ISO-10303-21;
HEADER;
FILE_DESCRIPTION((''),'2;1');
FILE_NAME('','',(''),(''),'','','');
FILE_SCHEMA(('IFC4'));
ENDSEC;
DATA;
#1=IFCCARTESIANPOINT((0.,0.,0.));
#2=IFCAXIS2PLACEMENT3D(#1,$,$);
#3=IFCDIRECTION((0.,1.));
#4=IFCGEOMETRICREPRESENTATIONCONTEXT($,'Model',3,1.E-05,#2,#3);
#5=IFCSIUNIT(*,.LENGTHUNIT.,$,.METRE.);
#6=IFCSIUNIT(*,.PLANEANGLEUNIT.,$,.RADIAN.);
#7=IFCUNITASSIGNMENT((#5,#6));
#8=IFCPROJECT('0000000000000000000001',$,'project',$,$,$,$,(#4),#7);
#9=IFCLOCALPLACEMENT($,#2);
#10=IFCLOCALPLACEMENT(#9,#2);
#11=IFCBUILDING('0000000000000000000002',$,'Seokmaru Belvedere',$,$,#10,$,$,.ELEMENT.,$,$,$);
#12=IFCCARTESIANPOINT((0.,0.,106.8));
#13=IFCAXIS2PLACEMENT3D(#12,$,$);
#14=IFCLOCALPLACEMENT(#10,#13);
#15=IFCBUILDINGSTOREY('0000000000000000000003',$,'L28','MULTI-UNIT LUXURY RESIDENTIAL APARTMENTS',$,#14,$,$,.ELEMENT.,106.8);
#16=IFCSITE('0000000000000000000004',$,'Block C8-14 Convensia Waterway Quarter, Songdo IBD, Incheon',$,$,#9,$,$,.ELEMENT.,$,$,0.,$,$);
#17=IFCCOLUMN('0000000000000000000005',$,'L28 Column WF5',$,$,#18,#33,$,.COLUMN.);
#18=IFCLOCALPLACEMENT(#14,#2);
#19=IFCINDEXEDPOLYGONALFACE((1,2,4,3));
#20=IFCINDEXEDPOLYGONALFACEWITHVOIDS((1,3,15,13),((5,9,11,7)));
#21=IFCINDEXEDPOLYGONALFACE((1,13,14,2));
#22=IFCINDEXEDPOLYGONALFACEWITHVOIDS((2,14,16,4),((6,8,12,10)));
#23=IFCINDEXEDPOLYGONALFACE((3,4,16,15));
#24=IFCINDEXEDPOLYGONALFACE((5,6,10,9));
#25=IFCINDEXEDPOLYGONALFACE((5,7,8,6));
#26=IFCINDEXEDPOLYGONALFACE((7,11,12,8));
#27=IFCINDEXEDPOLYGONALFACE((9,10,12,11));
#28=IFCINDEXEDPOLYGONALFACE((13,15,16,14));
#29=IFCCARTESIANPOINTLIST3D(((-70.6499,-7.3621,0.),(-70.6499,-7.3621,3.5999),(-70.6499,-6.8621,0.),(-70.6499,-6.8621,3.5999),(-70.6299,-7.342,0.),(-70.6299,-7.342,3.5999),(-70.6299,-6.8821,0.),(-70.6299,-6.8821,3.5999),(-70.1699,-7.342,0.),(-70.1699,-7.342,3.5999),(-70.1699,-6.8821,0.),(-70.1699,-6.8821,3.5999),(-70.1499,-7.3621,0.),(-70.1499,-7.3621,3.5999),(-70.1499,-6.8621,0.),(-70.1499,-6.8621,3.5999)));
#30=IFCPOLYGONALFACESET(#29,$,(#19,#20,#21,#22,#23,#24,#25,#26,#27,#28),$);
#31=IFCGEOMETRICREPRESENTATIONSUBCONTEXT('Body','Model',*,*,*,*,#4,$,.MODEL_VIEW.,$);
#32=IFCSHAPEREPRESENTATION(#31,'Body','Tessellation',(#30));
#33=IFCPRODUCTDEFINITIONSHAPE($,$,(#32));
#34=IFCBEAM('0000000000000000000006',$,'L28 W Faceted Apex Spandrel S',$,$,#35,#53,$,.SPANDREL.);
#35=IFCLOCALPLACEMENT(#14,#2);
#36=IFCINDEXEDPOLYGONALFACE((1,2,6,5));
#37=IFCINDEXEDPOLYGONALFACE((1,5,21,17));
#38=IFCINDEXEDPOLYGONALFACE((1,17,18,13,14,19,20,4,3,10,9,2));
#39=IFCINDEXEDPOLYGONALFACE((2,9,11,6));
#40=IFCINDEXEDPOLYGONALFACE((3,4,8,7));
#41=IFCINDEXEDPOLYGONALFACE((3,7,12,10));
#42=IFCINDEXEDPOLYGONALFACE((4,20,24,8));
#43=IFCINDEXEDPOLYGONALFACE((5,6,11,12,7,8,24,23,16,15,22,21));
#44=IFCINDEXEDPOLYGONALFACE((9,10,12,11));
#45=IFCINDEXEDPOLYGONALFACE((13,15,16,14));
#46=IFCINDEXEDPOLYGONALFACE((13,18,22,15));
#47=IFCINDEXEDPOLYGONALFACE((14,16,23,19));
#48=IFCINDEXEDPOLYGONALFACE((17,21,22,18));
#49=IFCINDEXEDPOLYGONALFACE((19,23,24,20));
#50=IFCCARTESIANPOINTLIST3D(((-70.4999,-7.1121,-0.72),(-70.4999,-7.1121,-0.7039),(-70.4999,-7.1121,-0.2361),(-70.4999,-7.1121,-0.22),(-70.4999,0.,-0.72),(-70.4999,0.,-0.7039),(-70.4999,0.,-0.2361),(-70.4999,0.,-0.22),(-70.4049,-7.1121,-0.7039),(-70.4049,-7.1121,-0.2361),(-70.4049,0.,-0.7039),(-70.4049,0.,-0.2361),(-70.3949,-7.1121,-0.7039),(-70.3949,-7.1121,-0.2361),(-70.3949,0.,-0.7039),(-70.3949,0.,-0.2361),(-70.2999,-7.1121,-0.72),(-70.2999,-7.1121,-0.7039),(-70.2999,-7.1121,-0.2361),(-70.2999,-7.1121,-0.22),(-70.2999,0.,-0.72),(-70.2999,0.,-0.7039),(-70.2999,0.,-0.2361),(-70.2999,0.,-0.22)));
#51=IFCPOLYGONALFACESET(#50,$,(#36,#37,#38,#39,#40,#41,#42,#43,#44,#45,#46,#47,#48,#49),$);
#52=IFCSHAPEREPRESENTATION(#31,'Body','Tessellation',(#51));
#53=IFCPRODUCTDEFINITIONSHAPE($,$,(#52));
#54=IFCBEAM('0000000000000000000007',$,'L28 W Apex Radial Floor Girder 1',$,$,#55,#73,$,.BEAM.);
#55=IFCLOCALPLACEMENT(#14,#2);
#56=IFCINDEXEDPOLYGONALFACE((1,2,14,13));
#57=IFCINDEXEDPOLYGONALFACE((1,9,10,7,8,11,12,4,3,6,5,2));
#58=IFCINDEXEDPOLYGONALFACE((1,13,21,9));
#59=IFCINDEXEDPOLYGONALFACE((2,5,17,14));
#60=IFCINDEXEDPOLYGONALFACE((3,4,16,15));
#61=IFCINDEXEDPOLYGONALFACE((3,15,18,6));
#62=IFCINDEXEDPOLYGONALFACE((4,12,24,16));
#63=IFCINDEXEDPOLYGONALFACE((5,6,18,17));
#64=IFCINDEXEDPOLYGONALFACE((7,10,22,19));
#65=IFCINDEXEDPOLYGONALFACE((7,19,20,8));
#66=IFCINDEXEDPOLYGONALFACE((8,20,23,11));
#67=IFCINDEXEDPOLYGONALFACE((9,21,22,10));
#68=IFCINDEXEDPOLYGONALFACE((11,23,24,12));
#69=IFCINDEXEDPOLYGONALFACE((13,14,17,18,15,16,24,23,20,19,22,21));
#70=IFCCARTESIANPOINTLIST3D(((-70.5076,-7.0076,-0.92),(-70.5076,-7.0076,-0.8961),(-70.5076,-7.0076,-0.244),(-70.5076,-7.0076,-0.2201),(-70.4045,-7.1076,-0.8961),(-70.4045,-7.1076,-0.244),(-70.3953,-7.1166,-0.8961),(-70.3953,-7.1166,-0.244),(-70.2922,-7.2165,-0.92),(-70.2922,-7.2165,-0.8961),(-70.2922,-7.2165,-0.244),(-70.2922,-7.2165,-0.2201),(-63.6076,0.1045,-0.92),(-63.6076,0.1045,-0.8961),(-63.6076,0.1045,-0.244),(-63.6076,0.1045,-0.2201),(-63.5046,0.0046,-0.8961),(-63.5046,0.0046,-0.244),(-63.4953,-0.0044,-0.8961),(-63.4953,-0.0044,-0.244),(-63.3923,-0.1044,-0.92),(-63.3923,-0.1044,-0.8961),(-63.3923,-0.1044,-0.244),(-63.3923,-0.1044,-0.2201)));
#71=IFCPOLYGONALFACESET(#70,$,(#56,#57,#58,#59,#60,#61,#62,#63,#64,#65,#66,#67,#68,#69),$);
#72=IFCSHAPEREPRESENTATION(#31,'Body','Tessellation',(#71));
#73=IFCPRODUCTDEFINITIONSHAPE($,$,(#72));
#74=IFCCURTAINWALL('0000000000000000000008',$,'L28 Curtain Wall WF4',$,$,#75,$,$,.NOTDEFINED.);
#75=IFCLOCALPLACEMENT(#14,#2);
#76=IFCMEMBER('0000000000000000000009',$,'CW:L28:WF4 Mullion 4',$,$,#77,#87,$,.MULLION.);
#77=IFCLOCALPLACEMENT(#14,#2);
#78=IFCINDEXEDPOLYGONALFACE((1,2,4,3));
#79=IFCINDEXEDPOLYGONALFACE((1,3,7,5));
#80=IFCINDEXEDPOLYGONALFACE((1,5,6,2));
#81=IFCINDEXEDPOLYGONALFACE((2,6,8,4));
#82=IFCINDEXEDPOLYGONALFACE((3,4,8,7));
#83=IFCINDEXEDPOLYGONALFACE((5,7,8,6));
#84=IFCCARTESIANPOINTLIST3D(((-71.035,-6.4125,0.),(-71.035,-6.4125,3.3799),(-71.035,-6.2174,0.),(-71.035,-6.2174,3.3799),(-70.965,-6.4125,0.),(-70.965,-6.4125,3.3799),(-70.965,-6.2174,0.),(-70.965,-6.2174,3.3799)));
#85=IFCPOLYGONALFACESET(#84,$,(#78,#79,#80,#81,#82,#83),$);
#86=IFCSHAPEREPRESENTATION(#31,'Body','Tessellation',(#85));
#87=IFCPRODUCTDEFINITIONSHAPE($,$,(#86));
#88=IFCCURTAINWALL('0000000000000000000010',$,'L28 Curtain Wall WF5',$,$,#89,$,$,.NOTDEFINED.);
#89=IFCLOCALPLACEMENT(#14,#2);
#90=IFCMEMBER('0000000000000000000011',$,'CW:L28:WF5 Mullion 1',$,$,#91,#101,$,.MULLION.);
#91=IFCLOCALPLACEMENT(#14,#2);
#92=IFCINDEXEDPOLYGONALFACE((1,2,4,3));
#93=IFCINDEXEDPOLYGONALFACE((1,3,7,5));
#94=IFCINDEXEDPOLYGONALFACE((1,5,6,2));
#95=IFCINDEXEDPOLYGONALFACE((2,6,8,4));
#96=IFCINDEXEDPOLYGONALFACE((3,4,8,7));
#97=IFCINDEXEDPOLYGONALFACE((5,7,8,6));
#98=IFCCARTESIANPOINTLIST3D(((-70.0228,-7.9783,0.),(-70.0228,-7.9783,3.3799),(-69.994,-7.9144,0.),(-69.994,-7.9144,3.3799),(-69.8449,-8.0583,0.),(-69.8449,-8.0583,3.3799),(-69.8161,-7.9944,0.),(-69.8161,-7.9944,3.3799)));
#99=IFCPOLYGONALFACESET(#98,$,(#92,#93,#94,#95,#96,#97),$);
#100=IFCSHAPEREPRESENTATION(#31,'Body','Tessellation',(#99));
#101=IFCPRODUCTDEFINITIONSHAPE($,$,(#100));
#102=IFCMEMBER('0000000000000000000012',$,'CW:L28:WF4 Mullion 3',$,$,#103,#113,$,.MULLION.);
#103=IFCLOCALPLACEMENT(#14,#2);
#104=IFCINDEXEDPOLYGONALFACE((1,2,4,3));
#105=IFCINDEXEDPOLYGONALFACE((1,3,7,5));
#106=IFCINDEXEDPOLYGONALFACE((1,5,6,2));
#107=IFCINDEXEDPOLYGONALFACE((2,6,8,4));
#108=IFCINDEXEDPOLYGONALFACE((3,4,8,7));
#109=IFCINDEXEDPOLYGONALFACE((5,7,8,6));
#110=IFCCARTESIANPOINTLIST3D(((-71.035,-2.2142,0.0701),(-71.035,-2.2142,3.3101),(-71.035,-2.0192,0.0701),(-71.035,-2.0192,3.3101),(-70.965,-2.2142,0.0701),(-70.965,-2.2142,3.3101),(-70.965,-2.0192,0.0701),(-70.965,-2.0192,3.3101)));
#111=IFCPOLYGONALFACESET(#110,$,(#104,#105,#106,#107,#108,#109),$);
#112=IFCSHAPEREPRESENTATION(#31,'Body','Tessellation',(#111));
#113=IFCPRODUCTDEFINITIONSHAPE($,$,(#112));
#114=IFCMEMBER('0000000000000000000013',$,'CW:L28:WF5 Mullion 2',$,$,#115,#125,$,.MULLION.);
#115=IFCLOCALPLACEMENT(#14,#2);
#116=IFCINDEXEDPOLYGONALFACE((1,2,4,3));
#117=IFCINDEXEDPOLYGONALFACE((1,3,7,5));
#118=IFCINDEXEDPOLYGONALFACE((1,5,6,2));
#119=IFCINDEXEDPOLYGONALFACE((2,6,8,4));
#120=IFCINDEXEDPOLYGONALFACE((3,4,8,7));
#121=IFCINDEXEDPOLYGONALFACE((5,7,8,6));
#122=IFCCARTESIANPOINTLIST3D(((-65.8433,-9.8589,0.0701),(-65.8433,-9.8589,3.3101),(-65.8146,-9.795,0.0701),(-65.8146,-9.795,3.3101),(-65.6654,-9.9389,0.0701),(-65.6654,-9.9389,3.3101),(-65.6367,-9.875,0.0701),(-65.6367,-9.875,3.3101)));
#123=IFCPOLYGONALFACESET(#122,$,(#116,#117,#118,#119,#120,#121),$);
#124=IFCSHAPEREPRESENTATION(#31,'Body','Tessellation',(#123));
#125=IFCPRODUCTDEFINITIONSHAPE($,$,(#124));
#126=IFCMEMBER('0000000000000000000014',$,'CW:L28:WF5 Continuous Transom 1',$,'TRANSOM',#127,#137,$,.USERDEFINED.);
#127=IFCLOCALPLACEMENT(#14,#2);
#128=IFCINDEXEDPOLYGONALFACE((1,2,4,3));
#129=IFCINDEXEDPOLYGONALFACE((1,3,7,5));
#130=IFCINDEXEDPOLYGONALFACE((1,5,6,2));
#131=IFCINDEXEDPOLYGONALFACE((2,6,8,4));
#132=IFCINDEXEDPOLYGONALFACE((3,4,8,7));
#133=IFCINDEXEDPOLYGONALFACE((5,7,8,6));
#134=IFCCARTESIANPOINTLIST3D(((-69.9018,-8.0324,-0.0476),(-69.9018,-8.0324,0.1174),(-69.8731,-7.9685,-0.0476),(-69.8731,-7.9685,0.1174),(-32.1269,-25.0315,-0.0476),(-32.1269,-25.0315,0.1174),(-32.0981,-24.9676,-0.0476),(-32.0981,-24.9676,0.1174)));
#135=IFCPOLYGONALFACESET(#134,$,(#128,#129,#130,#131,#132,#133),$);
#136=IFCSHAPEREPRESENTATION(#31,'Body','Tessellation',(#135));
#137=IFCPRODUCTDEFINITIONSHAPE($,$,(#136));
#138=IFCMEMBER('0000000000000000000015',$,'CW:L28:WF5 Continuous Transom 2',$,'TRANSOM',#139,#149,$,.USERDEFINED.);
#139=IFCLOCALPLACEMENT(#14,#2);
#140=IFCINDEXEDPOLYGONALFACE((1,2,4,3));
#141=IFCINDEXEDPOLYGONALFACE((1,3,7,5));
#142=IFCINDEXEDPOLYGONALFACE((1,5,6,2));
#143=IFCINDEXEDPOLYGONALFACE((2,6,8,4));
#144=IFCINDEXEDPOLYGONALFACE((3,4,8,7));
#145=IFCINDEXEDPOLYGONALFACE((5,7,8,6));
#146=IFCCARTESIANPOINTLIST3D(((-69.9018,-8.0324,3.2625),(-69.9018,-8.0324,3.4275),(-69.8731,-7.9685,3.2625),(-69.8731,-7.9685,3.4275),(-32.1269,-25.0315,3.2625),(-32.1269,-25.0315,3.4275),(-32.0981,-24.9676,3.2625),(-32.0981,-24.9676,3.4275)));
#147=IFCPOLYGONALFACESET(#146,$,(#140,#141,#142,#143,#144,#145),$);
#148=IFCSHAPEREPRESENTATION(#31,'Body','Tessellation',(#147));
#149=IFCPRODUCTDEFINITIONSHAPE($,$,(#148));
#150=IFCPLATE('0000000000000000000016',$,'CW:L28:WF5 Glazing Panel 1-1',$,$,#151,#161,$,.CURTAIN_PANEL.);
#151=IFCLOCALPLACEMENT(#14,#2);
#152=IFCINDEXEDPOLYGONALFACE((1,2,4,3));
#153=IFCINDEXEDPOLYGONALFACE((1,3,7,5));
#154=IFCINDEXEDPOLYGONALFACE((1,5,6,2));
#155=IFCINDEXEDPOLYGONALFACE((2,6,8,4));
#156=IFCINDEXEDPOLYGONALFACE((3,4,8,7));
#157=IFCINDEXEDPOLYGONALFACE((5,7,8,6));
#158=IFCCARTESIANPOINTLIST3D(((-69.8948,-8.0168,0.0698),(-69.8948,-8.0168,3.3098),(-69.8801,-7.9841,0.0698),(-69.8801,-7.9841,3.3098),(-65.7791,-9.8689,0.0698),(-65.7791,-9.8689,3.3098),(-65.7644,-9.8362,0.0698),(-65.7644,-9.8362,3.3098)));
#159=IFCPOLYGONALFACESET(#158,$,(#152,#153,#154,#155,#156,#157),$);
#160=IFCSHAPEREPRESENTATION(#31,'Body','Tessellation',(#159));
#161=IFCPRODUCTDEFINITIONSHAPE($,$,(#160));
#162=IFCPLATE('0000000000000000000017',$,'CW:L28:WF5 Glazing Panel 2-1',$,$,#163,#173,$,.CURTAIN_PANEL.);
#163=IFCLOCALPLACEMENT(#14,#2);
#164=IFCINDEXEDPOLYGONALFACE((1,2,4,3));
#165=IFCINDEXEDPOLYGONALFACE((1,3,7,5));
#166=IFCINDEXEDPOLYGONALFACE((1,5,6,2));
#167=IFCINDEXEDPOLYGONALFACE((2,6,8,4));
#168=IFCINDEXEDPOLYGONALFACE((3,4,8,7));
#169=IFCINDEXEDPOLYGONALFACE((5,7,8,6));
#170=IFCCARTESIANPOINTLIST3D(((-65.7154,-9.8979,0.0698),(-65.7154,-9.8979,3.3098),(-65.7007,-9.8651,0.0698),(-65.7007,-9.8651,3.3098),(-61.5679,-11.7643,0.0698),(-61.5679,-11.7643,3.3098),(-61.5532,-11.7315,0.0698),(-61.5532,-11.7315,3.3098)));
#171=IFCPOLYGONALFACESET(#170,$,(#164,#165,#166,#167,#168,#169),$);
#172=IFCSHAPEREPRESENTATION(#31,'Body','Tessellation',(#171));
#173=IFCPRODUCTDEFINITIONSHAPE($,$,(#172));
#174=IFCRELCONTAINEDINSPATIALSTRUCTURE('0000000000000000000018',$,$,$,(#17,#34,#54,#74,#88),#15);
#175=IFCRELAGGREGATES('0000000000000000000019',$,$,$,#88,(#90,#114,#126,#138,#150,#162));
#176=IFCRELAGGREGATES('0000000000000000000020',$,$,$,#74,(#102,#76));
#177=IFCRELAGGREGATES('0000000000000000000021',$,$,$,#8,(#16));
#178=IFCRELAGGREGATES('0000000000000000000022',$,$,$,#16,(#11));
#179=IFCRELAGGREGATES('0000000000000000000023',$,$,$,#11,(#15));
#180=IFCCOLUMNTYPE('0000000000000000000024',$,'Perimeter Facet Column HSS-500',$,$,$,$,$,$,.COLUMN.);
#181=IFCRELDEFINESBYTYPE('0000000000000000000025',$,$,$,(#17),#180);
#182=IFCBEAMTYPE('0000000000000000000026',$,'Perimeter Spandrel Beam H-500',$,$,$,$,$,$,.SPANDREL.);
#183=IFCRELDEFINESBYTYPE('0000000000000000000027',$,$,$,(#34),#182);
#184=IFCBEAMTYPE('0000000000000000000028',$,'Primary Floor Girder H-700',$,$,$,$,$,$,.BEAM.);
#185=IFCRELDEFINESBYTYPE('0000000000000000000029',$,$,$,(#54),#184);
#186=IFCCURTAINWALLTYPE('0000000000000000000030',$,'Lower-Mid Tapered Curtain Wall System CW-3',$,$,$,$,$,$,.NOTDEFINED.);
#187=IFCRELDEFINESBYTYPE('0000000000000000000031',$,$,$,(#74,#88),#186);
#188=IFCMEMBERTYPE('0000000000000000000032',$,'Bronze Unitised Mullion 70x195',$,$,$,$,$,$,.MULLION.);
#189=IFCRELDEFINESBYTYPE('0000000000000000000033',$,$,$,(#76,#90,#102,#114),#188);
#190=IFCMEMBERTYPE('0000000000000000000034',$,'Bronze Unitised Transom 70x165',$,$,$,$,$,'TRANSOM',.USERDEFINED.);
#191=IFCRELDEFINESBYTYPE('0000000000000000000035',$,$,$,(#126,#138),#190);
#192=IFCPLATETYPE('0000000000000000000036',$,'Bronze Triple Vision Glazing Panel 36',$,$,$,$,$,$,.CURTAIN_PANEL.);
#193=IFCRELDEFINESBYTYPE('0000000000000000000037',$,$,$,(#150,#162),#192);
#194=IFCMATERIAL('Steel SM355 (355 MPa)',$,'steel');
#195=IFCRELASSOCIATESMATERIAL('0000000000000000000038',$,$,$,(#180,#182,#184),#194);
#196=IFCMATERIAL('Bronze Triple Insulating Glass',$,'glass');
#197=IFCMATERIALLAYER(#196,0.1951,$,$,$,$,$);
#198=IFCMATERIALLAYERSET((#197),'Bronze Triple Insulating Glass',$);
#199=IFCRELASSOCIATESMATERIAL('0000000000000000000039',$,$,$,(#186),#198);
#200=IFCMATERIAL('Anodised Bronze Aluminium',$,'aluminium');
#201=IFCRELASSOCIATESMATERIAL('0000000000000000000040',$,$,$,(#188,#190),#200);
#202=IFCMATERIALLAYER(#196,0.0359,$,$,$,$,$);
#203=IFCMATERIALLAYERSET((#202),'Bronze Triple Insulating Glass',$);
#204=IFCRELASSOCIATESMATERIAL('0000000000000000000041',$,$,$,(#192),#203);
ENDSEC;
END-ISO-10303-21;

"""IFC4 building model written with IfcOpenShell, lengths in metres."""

from ifc_helpers import new_model, si_unit, direction, frame, origin, origin_2d, place, context, subcontext, project, spatial, rectangle, hollow_rectangle, i_section, extrude, source, transform, mapped, material, layer, layer_set, material_profile, profile_set, type_object, type_shapes, element, aggregate, save


model = new_model("IFC4")

# Units and contexts
model_context = context("Model", 3, precision=1e-05, world=origin(), true_north=direction((0.0, 1.0)))
body_context = subcontext(model_context, "Body", "Model", "MODEL_VIEW")
ifc_project = project(units=[si_unit("LENGTHUNIT", "METRE"), si_unit("PLANEANGLEUNIT", "RADIAN")], contexts=[model_context])

# Site, building, storey
site_placement = place(None, origin())
site = spatial("IfcSite", under=ifc_project, at=site_placement, Name="Block C8-14 Convensia Waterway Quarter, Songdo IBD, Incheon", CompositionType="ELEMENT", RefElevation=0.0)
building_placement = place(site_placement, origin())
building = spatial("IfcBuilding", under=site, at=building_placement, Name="Seokmaru Belvedere", CompositionType="ELEMENT")
storey_placement = place(building_placement, frame((0.0, 0.0, 106.8)))
storey = spatial("IfcBuildingStorey", under=building, at=storey_placement, Name="L28", Description="MULTI-UNIT LUXURY RESIDENTIAL APARTMENTS", CompositionType="ELEMENT", Elevation=106.8)

# Column
ifc_material_1 = material(Name="Steel SM355 (355 MPa)", Category="steel")
ifc_material_profile_1 = material_profile(ifc_material_1, hollow_rectangle(XDim=0.5, YDim=0.5, WallThickness=0.02, at=origin_2d()), Name="HSS-500x500x20")
ifc_profile_set_1 = profile_set([ifc_material_profile_1], Name="Steel SM355 (355 MPa)")
column_type = type_object("IfcColumnType", Name="Perimeter Facet Column HSS-500", PredefinedType="COLUMN", material=ifc_profile_set_1)
shared_shape_1 = source(origin(), body_context, "Body", "SweptSolid", [
    extrude(hollow_rectangle(XDim=0.5, YDim=0.5, WallThickness=0.02, at=origin_2d()), origin(), (0.0, 0.0, 1.0), 3.5999),
])
type_shapes(column_type, [shared_shape_1])
column_placement = place(storey_placement, frame((-70.3999, -7.1121, 0.0), z_axis=(0.0, 0.0, 1.0), x_axis=(1.0, 0.0, 0.0)))
element("IfcColumn", 1, at=column_placement, inside=storey, type_object=column_type, Name="L28 Column WF5", PredefinedType="COLUMN", context=body_context, shape_type="MappedRepresentation", body=[
    mapped(shared_shape_1, transform((0.0, 0.0, 0.0), scale=1.0)),
])

# Beams
ifc_material_profile_2 = material_profile(ifc_material_1, i_section(OverallWidth=0.2, OverallDepth=0.5, WebThickness=0.01, FlangeThickness=0.0161, at=origin_2d()), Name="H-500x200x10x16")
ifc_profile_set_2 = profile_set([ifc_material_profile_2], Name="Steel SM355 (355 MPa)")
beam_type_1 = type_object("IfcBeamType", Name="Perimeter Spandrel Beam H-500", PredefinedType="SPANDREL", material=ifc_profile_set_2)
shared_shape_2 = source(origin(), body_context, "Body", "SweptSolid", [
    extrude(i_section(OverallWidth=0.2, OverallDepth=0.5, WebThickness=0.01, FlangeThickness=0.0161, at=origin_2d()), origin(), (0.0, 0.0, 1.0), 7.1121),
])
type_shapes(beam_type_1, [shared_shape_2])
beam_1_placement = place(storey_placement, frame((-70.3999, -7.1121, -0.47), z_axis=(0.0, 1.0, 0.0), x_axis=(-1.0, 0.0, 0.0)))
element("IfcBeam", 2, at=beam_1_placement, inside=storey, type_object=beam_type_1, Name="L28 W Faceted Apex Spandrel S", PredefinedType="SPANDREL", context=body_context, shape_type="MappedRepresentation", body=[
    mapped(shared_shape_2, transform((0.0, 0.0, 0.0), scale=1.0)),
])
ifc_material_profile_3 = material_profile(ifc_material_1, i_section(OverallWidth=0.3, OverallDepth=0.7, WebThickness=0.0129, FlangeThickness=0.0239, at=origin_2d()), Name="H-700x300x13x24")
ifc_profile_set_3 = profile_set([ifc_material_profile_3], Name="Steel SM355 (355 MPa)")
beam_type_2 = type_object("IfcBeamType", Name="Primary Floor Girder H-700", PredefinedType="BEAM", material=ifc_profile_set_3)
shared_shape_3 = source(origin(), body_context, "Body", "SweptSolid", [
    extrude(i_section(OverallWidth=0.3, OverallDepth=0.7, WebThickness=0.0129, FlangeThickness=0.0239, at=origin_2d()), origin(), (0.0, 0.0, 1.0), 9.9092),
])
type_shapes(beam_type_2, [shared_shape_3])
beam_2_placement = place(storey_placement, frame((-70.3999, -7.1121, -0.5701), z_axis=(0.696321, 0.717731, 0.0), x_axis=(-0.717731, 0.696321, 0.0)))
element("IfcBeam", 3, at=beam_2_placement, inside=storey, type_object=beam_type_2, Name="L28 W Apex Radial Floor Girder 1", PredefinedType="BEAM", context=body_context, shape_type="MappedRepresentation", body=[
    mapped(shared_shape_3, transform((0.0, 0.0, 0.0), scale=1.0)),
])

# Curtain walls, members
ifc_material_2 = material(Name="Bronze Triple Insulating Glass", Category="glass")
ifc_layer_1 = layer(ifc_material_2, 0.1951)
ifc_layer_set_1 = layer_set([ifc_layer_1], Name="Bronze Triple Insulating Glass")
curtain_wall_type = type_object("IfcCurtainWallType", Name="Lower-Mid Tapered Curtain Wall System CW-3", PredefinedType="NOTDEFINED", material=ifc_layer_set_1)
curtain_wall_1_placement = place(storey_placement, origin())
curtain_wall_1 = element("IfcCurtainWall", 4, at=curtain_wall_1_placement, inside=storey, type_object=curtain_wall_type, Name="L28 Curtain Wall WF4", PredefinedType="NOTDEFINED")
ifc_material_3 = material(Name="Anodised Bronze Aluminium", Category="aluminium")
ifc_material_profile_4 = material_profile(ifc_material_3, rectangle(XDim=0.0701, YDim=0.1951, at=origin_2d()), Name="CW-M-70x195")
ifc_profile_set_4 = profile_set([ifc_material_profile_4], Name="Anodised Bronze Aluminium")
member_type_1 = type_object("IfcMemberType", Name="Bronze Unitised Mullion 70x195", PredefinedType="MULLION", material=ifc_profile_set_4)
shared_shape_4 = source(origin(), body_context, "Body", "SweptSolid", [
    extrude(rectangle(XDim=0.0701, YDim=0.1951, at=origin_2d()), origin(), (0.0, 0.0, 1.0), 3.3799),
])
member_1_placement = place(storey_placement, frame((-71.0, -6.3149, 0.0), z_axis=(0.0, 0.0, 1.0), x_axis=(1.0, 0.0, 0.0)))
member_1 = element("IfcMember", 5, at=member_1_placement, type_object=member_type_1, Name="CW:L28:WF4 Mullion 4", PredefinedType="MULLION", context=body_context, shape_type="MappedRepresentation", body=[
    mapped(shared_shape_4, transform((0.0, 0.0, 0.0), scale=1.0)),
])
curtain_wall_2_placement = place(storey_placement, origin())
curtain_wall_2 = element("IfcCurtainWall", 6, at=curtain_wall_2_placement, inside=storey, type_object=curtain_wall_type, Name="L28 Curtain Wall WF5", PredefinedType="NOTDEFINED")
member_2_placement = place(storey_placement, frame((-69.9194, -7.9863, 0.0), z_axis=(0.0, 0.0, 1.0), x_axis=(0.410366, 0.911921, 0.0)))
member_2 = element("IfcMember", 7, at=member_2_placement, type_object=member_type_1, Name="CW:L28:WF5 Mullion 1", PredefinedType="MULLION", context=body_context, shape_type="MappedRepresentation", body=[
    mapped(shared_shape_4, transform((0.0, 0.0, 0.0), scale=1.0)),
])

# Members
shared_shape_5 = source(origin(), body_context, "Body", "SweptSolid", [
    extrude(rectangle(XDim=0.0701, YDim=0.1951, at=origin_2d()), origin(), (0.0, 0.0, 1.0), 3.24),
])
type_shapes(member_type_1, [shared_shape_4, shared_shape_5])
member_3_placement = place(storey_placement, frame((-71.0, -2.1167, 0.0701), z_axis=(0.0, 0.0, 1.0), x_axis=(1.0, 0.0, 0.0)))
member_3 = element("IfcMember", 8, at=member_3_placement, type_object=member_type_1, Name="CW:L28:WF4 Mullion 3", PredefinedType="MULLION", context=body_context, shape_type="MappedRepresentation", body=[
    mapped(shared_shape_5, transform((0.0, 0.0, 0.0), scale=1.0)),
])
member_4_placement = place(storey_placement, frame((-65.74, -9.8669, 0.0701), z_axis=(0.0, 0.0, 1.0), x_axis=(0.410366, 0.911921, 0.0)))
member_4 = element("IfcMember", 9, at=member_4_placement, type_object=member_type_1, Name="CW:L28:WF5 Mullion 2", PredefinedType="MULLION", context=body_context, shape_type="MappedRepresentation", body=[
    mapped(shared_shape_5, transform((0.0, 0.0, 0.0), scale=1.0)),
])
ifc_material_profile_5 = material_profile(ifc_material_3, rectangle(XDim=0.0701, YDim=0.165, at=origin_2d()), Name="CW-T-70x165")
ifc_profile_set_5 = profile_set([ifc_material_profile_5], Name="Anodised Bronze Aluminium")
member_type_2 = type_object("IfcMemberType", Name="Bronze Unitised Transom 70x165", ElementType="TRANSOM", PredefinedType="USERDEFINED", material=ifc_profile_set_5)
shared_shape_6 = source(origin(), body_context, "Body", "SweptSolid", [
    extrude(rectangle(XDim=0.0701, YDim=0.165, at=origin_2d()), origin(), (0.0, 0.0, 1.0), 41.4236),
])
type_shapes(member_type_2, [shared_shape_6])
member_5_placement = place(storey_placement, frame((-69.8875, -8.0005, 0.0349), z_axis=(0.911919, -0.410371, 0.0), x_axis=(0.410371, 0.911919, 0.0)))
member_5 = element("IfcMember", 10, at=member_5_placement, type_object=member_type_2, Name="CW:L28:WF5 Continuous Transom 1", ObjectType="TRANSOM", PredefinedType="USERDEFINED", context=body_context, shape_type="MappedRepresentation", body=[
    mapped(shared_shape_6, transform((0.0, 0.0, 0.0), scale=1.0)),
])
member_6_placement = place(storey_placement, frame((-69.8875, -8.0005, 3.345), z_axis=(0.911919, -0.410371, 0.0), x_axis=(0.410371, 0.911919, 0.0)))
member_6 = element("IfcMember", 11, at=member_6_placement, type_object=member_type_2, Name="CW:L28:WF5 Continuous Transom 2", ObjectType="TRANSOM", PredefinedType="USERDEFINED", context=body_context, shape_type="MappedRepresentation", body=[
    mapped(shared_shape_6, transform((0.0, 0.0, 0.0), scale=1.0)),
])

# Plates
ifc_layer_2 = layer(ifc_material_2, 0.0359)
ifc_layer_set_2 = layer_set([ifc_layer_2], Name="Bronze Triple Insulating Glass")
plate_type = type_object("IfcPlateType", Name="Bronze Triple Vision Glazing Panel 36", PredefinedType="CURTAIN_PANEL", material=ifc_layer_set_2)
shared_shape_7 = source(origin(), body_context, "Body", "SweptSolid", [
    extrude(rectangle(XDim=4.5132, YDim=0.0359, at=origin_2d()), origin(), (0.0, 0.0, 1.0), 3.24),
])
plate_1_placement = place(storey_placement, frame((-67.8296, -8.9265, 0.0698), z_axis=(0.0, 0.0, 1.0), x_axis=(0.911921, -0.410366, 0.0)))
plate_1 = element("IfcPlate", 12, at=plate_1_placement, type_object=plate_type, Name="CW:L28:WF5 Glazing Panel 1-1", PredefinedType="CURTAIN_PANEL", context=body_context, shape_type="MappedRepresentation", body=[
    mapped(shared_shape_7, transform((0.0, 0.0, 0.0), scale=1.0)),
])
shared_shape_8 = source(origin(), body_context, "Body", "SweptSolid", [
    extrude(rectangle(XDim=4.5481, YDim=0.0359, at=origin_2d()), origin(), (0.0, 0.0, 1.0), 3.24),
])
plate_2_placement = place(storey_placement, frame((-63.6343, -10.8147, 0.0698), z_axis=(0.0, 0.0, 1.0), x_axis=(0.911921, -0.410366, 0.0)))
plate_2 = element("IfcPlate", 13, at=plate_2_placement, type_object=plate_type, Name="CW:L28:WF5 Glazing Panel 2-1", PredefinedType="CURTAIN_PANEL", context=body_context, shape_type="MappedRepresentation", body=[
    mapped(shared_shape_8, transform((0.0, 0.0, 0.0), scale=1.0)),
])
aggregate(curtain_wall_2, [member_2, member_4, member_5, member_6, plate_1, plate_2])
aggregate(curtain_wall_1, [member_3, member_1])

save(model, "model.ifc")
